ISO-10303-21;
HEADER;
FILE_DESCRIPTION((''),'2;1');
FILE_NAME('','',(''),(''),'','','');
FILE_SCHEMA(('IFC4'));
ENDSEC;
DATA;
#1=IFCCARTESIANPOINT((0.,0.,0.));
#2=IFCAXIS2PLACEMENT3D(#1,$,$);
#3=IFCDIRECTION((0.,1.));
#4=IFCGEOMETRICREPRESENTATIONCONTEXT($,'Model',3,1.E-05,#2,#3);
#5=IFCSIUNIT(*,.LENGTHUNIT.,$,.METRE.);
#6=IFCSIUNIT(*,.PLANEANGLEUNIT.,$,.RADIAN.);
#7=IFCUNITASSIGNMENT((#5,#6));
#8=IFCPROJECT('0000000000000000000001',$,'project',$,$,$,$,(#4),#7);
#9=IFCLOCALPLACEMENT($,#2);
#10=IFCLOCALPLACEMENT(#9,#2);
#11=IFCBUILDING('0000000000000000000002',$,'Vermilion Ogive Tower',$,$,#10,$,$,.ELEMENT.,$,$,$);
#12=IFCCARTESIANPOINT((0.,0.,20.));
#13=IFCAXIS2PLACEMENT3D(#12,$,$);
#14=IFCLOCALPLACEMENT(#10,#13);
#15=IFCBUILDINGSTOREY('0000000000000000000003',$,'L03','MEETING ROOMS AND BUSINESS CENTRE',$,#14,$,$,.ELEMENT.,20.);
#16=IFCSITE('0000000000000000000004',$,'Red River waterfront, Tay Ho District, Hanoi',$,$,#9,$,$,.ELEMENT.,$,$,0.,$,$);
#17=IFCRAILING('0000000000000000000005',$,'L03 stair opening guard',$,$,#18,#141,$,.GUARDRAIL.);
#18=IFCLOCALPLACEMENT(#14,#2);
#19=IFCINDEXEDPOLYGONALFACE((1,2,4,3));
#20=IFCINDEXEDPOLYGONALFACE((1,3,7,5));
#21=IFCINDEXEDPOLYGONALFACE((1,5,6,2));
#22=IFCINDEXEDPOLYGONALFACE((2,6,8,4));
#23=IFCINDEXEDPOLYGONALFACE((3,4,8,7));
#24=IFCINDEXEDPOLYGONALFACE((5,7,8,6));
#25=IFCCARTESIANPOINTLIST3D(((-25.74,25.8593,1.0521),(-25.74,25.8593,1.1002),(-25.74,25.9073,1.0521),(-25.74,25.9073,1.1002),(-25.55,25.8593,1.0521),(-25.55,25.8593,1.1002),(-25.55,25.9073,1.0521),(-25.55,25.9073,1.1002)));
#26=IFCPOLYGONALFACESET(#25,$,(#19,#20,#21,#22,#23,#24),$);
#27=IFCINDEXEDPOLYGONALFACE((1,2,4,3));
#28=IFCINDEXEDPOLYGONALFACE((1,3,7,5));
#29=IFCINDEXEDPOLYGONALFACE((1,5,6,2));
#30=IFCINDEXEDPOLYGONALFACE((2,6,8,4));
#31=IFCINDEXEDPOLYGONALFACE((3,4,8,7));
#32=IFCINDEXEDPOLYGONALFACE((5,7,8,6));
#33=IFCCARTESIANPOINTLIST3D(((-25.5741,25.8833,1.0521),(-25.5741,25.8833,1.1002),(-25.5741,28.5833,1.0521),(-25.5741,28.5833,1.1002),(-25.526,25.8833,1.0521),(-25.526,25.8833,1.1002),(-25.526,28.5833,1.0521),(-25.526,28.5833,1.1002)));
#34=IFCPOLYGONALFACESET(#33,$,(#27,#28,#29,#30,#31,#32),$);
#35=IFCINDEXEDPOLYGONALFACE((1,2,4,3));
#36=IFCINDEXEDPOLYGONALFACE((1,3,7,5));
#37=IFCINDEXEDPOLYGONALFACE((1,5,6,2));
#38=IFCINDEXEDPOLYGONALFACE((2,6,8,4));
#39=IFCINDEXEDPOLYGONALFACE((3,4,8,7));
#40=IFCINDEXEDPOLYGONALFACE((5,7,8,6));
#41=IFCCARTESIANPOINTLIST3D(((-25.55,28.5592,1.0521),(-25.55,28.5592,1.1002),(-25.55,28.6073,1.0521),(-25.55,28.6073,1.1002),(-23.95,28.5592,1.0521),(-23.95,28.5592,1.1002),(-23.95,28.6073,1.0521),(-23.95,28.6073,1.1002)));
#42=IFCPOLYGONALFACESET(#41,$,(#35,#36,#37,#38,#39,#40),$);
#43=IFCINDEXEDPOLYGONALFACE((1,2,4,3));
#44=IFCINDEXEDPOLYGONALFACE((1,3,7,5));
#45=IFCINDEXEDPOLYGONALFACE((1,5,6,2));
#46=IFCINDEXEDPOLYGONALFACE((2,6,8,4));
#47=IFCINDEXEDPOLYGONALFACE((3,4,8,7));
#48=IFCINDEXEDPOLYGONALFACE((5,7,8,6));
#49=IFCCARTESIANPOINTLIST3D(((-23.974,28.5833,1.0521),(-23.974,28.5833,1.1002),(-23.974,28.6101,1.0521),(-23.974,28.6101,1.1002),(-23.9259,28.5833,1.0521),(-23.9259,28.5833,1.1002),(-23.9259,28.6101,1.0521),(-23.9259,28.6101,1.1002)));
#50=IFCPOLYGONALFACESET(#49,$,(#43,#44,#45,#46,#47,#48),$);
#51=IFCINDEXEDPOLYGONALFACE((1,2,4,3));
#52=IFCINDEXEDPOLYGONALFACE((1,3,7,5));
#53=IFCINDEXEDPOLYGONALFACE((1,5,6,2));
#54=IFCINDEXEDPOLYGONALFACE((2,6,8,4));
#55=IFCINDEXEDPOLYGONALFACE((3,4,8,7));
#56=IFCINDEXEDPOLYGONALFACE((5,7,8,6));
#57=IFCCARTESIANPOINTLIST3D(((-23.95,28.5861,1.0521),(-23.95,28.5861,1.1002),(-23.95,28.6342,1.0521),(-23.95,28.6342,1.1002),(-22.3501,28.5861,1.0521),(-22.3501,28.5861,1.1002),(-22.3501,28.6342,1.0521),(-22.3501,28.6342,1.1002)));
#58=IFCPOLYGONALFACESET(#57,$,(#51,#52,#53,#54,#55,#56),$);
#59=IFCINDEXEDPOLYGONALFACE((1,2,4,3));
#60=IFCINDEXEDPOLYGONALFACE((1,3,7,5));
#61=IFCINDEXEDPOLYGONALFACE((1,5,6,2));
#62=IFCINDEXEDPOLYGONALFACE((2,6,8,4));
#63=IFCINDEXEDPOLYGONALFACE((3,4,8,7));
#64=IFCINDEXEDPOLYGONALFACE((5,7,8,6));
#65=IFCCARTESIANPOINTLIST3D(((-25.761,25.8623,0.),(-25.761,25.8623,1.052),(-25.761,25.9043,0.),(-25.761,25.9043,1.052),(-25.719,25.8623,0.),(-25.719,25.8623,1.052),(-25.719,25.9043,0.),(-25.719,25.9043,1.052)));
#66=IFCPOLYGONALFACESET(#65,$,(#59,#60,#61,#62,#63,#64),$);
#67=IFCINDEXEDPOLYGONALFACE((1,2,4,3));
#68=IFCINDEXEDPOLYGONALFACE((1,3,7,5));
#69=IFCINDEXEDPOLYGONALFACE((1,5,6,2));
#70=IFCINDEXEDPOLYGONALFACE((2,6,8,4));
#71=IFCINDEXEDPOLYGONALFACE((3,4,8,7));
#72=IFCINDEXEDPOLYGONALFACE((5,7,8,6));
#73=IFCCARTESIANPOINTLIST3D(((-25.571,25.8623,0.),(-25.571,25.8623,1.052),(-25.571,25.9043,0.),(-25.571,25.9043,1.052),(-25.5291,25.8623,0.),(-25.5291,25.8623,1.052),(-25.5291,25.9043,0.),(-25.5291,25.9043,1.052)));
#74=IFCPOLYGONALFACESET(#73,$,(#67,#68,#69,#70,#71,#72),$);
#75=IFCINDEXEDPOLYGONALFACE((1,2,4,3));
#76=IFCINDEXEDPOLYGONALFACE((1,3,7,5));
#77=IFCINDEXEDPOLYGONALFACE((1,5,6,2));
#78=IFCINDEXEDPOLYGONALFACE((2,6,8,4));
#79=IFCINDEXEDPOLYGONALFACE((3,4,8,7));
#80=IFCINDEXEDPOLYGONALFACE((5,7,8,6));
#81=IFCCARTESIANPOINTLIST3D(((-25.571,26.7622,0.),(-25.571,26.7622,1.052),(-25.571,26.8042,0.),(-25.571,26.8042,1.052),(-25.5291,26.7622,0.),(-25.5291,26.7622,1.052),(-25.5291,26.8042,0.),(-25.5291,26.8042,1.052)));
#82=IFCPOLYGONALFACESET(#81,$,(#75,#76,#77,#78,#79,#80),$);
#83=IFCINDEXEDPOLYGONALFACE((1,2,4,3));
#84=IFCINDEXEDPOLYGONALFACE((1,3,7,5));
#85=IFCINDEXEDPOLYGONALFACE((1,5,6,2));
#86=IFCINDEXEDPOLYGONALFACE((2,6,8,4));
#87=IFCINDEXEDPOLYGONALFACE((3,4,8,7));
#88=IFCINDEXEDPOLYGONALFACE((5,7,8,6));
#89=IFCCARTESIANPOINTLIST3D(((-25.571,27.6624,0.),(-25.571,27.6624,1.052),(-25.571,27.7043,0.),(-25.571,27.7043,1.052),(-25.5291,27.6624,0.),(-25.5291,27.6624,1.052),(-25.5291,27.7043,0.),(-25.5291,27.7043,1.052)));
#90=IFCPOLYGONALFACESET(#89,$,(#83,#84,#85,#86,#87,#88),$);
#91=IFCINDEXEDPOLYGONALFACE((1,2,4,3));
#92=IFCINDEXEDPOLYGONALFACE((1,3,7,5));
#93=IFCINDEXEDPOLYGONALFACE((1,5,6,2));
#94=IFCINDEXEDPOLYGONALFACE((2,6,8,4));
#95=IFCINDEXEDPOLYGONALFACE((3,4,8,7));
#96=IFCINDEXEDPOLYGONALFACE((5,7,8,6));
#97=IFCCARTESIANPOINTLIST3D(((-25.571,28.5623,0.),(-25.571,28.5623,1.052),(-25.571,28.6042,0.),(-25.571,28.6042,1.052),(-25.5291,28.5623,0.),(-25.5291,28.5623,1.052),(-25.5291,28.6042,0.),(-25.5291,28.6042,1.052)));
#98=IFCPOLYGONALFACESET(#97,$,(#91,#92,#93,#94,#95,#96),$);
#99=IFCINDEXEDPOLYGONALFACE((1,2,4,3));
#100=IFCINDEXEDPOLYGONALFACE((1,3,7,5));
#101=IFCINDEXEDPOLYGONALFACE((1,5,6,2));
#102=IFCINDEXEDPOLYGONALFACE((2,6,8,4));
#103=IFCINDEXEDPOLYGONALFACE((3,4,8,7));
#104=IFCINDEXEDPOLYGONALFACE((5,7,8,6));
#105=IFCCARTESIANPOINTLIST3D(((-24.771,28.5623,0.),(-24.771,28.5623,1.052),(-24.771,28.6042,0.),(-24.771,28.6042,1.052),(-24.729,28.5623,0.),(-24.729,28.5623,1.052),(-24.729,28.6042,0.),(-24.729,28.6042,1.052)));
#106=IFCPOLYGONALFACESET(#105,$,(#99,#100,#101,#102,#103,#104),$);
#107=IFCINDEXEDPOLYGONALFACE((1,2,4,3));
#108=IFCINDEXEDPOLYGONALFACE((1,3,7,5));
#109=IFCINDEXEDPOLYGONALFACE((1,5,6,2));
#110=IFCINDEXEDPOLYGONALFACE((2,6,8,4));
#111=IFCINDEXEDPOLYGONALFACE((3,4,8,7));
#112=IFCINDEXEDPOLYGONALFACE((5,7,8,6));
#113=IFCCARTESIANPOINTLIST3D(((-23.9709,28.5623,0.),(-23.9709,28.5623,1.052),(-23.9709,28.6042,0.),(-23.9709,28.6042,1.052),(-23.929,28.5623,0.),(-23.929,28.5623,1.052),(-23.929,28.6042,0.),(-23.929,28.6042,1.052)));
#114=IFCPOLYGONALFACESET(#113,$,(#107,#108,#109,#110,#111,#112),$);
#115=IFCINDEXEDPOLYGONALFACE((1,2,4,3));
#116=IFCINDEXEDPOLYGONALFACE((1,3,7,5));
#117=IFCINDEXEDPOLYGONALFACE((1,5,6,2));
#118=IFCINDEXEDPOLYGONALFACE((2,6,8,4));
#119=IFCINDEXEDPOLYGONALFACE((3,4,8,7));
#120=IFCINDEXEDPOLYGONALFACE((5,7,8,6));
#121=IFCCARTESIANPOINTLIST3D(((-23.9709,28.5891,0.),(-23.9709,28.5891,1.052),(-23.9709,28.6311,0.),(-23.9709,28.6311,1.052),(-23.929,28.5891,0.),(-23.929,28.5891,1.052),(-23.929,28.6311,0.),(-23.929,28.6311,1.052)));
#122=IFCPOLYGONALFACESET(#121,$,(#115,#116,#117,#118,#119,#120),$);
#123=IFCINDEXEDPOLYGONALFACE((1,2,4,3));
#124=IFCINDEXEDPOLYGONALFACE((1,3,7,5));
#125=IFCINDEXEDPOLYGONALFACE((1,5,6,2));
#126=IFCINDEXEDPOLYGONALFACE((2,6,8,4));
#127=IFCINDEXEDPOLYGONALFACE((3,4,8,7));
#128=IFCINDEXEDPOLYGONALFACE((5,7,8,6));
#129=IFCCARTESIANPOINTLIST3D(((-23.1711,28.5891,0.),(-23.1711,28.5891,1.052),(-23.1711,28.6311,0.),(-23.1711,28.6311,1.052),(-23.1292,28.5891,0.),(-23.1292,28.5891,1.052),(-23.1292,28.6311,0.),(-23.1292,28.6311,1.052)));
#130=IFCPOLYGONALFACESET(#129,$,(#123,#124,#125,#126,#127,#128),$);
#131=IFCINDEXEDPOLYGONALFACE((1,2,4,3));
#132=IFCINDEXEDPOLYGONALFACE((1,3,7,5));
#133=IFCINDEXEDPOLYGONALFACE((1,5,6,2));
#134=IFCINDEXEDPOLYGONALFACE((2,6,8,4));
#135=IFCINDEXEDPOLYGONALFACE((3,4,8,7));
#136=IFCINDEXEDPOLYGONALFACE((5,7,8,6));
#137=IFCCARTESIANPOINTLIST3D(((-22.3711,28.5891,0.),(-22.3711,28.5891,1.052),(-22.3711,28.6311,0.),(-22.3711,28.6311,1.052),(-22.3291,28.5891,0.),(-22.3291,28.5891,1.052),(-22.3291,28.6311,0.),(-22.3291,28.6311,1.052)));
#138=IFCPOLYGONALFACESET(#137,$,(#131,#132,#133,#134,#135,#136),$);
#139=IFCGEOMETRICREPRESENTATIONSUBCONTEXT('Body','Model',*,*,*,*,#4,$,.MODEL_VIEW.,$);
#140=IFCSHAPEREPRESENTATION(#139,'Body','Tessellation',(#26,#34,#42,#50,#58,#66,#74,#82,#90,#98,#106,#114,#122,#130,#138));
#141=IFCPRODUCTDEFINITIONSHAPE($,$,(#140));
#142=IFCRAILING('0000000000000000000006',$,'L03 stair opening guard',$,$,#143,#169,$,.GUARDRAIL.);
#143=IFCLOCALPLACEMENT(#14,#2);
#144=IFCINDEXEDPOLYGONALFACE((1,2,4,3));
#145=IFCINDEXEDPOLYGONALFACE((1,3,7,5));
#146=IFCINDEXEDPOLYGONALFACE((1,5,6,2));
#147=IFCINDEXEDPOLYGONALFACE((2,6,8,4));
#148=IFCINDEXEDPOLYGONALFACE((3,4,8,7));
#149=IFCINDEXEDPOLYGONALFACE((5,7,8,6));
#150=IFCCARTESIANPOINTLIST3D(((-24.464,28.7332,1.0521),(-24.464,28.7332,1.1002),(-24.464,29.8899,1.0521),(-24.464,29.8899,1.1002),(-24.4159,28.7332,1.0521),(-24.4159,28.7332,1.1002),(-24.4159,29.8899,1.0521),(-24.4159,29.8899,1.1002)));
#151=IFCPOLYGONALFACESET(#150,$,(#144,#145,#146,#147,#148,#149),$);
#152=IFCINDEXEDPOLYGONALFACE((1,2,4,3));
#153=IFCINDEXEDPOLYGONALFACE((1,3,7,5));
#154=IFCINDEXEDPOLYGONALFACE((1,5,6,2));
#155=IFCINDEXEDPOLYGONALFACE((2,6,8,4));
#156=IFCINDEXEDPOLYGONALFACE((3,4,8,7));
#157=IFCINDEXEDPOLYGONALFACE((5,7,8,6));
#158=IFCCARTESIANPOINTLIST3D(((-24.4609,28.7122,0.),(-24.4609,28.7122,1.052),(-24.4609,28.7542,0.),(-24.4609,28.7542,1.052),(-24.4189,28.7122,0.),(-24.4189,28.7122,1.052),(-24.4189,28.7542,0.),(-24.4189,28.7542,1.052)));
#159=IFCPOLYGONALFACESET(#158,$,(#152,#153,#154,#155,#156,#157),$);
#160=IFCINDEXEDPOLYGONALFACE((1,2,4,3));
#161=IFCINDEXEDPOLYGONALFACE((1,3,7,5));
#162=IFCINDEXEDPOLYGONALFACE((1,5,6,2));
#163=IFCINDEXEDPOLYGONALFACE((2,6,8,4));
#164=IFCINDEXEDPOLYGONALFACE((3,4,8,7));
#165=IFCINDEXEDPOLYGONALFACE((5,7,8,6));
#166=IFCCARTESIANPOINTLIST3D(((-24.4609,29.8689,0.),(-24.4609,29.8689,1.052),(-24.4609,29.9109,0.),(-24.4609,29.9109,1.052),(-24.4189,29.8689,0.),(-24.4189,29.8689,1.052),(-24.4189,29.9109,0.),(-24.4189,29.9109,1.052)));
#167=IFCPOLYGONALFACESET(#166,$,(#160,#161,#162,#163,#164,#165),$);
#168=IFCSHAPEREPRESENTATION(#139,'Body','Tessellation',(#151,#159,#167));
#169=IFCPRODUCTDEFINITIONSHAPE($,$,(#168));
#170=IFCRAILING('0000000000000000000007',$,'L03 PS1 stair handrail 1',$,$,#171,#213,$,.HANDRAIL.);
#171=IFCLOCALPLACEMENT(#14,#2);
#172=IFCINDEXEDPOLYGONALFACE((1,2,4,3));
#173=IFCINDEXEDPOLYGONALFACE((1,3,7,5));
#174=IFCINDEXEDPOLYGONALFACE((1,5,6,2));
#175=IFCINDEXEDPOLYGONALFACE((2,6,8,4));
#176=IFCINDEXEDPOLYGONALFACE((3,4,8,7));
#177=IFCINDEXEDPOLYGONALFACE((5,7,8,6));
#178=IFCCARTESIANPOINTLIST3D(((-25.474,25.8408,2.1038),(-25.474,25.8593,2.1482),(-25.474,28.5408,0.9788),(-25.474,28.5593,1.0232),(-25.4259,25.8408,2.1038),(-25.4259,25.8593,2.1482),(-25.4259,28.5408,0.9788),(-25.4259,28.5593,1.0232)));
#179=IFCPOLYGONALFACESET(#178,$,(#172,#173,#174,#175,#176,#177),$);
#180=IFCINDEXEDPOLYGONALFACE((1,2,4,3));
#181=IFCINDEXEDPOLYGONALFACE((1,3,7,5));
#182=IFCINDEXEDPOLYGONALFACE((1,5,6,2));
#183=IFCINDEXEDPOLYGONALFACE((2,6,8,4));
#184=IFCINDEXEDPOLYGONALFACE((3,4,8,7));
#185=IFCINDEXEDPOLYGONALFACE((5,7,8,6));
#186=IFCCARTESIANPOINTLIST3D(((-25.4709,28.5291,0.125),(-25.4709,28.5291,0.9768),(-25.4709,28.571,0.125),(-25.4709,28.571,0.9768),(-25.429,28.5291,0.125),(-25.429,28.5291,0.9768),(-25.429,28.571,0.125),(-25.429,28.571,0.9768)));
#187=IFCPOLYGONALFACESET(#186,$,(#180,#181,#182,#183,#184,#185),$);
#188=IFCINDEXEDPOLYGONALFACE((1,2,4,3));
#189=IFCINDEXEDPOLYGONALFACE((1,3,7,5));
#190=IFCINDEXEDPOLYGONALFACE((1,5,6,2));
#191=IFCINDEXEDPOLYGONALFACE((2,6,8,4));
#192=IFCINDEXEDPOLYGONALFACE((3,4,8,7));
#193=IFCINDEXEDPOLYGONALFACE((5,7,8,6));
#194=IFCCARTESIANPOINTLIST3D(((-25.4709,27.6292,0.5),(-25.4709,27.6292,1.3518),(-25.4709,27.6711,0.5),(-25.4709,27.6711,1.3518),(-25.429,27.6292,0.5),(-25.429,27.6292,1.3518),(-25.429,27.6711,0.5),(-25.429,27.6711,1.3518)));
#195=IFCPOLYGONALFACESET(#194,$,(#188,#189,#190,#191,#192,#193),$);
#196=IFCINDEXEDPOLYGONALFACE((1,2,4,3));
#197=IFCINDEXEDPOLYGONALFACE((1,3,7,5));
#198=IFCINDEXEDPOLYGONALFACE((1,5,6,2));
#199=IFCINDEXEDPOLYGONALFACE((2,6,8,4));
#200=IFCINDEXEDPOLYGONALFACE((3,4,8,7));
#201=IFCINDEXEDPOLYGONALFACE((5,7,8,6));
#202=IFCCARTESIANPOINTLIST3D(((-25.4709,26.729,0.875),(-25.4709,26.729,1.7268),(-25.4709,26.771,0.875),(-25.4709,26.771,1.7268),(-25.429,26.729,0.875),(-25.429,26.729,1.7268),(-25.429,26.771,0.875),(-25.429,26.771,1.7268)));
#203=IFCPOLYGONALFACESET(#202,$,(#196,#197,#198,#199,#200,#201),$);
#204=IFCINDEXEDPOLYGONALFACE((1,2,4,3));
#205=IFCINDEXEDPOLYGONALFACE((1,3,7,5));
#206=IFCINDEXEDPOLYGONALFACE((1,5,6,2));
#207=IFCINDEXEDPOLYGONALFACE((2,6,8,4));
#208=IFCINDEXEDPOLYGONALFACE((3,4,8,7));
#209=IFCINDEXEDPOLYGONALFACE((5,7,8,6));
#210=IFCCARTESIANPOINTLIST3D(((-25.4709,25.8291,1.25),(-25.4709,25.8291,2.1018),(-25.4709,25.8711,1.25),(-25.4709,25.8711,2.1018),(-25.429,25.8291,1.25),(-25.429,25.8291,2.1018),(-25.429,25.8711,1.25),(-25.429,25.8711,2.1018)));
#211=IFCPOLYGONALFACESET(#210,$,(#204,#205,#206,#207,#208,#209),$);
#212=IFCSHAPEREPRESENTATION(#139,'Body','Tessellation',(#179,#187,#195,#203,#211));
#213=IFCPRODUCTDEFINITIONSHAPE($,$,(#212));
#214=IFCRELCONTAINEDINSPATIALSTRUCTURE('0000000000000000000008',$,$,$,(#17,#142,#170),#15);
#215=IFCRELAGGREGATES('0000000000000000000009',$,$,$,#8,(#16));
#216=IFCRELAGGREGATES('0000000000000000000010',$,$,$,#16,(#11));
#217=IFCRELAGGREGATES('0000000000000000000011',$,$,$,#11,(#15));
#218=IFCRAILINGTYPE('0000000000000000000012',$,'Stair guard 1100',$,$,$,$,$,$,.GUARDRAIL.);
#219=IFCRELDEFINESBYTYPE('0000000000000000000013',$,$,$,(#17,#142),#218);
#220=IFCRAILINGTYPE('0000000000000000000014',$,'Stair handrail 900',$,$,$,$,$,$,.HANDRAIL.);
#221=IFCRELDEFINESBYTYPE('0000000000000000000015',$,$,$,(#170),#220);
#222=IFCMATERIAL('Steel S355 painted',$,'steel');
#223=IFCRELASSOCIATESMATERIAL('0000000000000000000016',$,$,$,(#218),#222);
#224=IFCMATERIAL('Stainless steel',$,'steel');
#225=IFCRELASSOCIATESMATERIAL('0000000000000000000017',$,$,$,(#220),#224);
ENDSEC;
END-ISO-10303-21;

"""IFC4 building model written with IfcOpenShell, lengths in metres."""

from ifc_helpers import new_model, si_unit, direction, frame, origin, origin_2d, place, context, subcontext, project, spatial, rectangle, extrude, material, type_object, element, save


model = new_model("IFC4")

# Units and contexts
model_context = context("Model", 3, precision=1e-05, world=origin(), true_north=direction((0.0, 1.0)))
body_context = subcontext(model_context, "Body", "Model", "MODEL_VIEW")
ifc_project = project(units=[si_unit("LENGTHUNIT", "METRE"), si_unit("PLANEANGLEUNIT", "RADIAN")], contexts=[model_context])

# Site, building, storey
site_placement = place(None, origin())
site = spatial("IfcSite", under=ifc_project, at=site_placement, Name="Red River waterfront, Tay Ho District, Hanoi", CompositionType="ELEMENT", RefElevation=0.0)
building_placement = place(site_placement, origin())
building = spatial("IfcBuilding", under=site, at=building_placement, Name="Vermilion Ogive Tower", CompositionType="ELEMENT")
storey_placement = place(building_placement, frame((0.0, 0.0, 20.0)))
storey = spatial("IfcBuildingStorey", under=building, at=storey_placement, Name="L03", Description="MEETING ROOMS AND BUSINESS CENTRE", CompositionType="ELEMENT", Elevation=20.0)

# Railings
ifc_material_1 = material(Name="Steel S355 painted", Category="steel")
railing_type_1 = type_object("IfcRailingType", Name="Stair guard 1100", PredefinedType="GUARDRAIL", material=ifc_material_1)
railing_1_placement = place(storey_placement, frame((-25.74, 25.8833, 0.0)))
element("IfcRailing", 1, at=railing_1_placement, inside=storey, type_object=railing_type_1, Name="L03 stair opening guard", PredefinedType="GUARDRAIL", context=body_context, shape_type="SweptSolid", body=[
    extrude(rectangle(XDim=0.0481, YDim=0.0481, at=origin_2d()), frame((0.0, 0.0, 1.0762), z_axis=(1.0, 0.0, 0.0), x_axis=(0.0, 1.0, 0.0)), (0.0, 0.0, 1.0), 0.1899),
    extrude(rectangle(XDim=0.0481, YDim=0.0481, at=origin_2d()), frame((0.1899, 0.0, 1.0762), z_axis=(0.0, 1.0, 0.0), x_axis=(-1.0, 0.0, 0.0)), (0.0, 0.0, 1.0), 2.7),
    extrude(rectangle(XDim=0.0481, YDim=0.0481, at=origin_2d()), frame((0.1899, 2.7, 1.0762), z_axis=(1.0, 0.0, 0.0), x_axis=(0.0, 1.0, 0.0)), (0.0, 0.0, 1.0), 1.6001),
    extrude(rectangle(XDim=0.0481, YDim=0.0481, at=origin_2d()), frame((1.79, 2.7, 1.0762), z_axis=(0.0, 1.0, 0.0), x_axis=(-1.0, 0.0, 0.0)), (0.0, 0.0, 1.0), 0.0269),
    extrude(rectangle(XDim=0.0481, YDim=0.0481, at=origin_2d()), frame((1.79, 2.7268, 1.0762), z_axis=(1.0, 0.0, 0.0), x_axis=(0.0, 1.0, 0.0)), (0.0, 0.0, 1.0), 1.5999),
    extrude(rectangle(XDim=0.042, YDim=0.042, at=origin_2d()), origin(), (0.0, 0.0, 1.0), 1.052),
    extrude(rectangle(XDim=0.042, YDim=0.042, at=origin_2d()), frame((0.1899, 0.0, 0.0)), (0.0, 0.0, 1.0), 1.052),
    extrude(rectangle(XDim=0.042, YDim=0.042, at=origin_2d()), frame((0.1899, 0.8999, 0.0)), (0.0, 0.0, 1.0), 1.052),
    extrude(rectangle(XDim=0.042, YDim=0.042, at=origin_2d()), frame((0.1899, 1.8, 0.0)), (0.0, 0.0, 1.0), 1.052),
    extrude(rectangle(XDim=0.042, YDim=0.042, at=origin_2d()), frame((0.1899, 2.7, 0.0)), (0.0, 0.0, 1.0), 1.052),
    extrude(rectangle(XDim=0.042, YDim=0.042, at=origin_2d()), frame((0.99, 2.7, 0.0)), (0.0, 0.0, 1.0), 1.052),
    extrude(rectangle(XDim=0.042, YDim=0.042, at=origin_2d()), frame((1.79, 2.7, 0.0)), (0.0, 0.0, 1.0), 1.052),
    extrude(rectangle(XDim=0.042, YDim=0.042, at=origin_2d()), frame((1.79, 2.7268, 0.0)), (0.0, 0.0, 1.0), 1.052),
    extrude(rectangle(XDim=0.042, YDim=0.042, at=origin_2d()), frame((2.5898, 2.7268, 0.0)), (0.0, 0.0, 1.0), 1.052),
    extrude(rectangle(XDim=0.042, YDim=0.042, at=origin_2d()), frame((3.3899, 2.7268, 0.0)), (0.0, 0.0, 1.0), 1.052),
])
railing_2_placement = place(storey_placement, frame((-24.4399, 28.7332, 0.0)))
element("IfcRailing", 2, at=railing_2_placement, inside=storey, type_object=railing_type_1, Name="L03 stair opening guard", PredefinedType="GUARDRAIL", context=body_context, shape_type="SweptSolid", body=[
    extrude(rectangle(XDim=0.0481, YDim=0.0481, at=origin_2d()), frame((0.0, 0.0, 1.0762), z_axis=(0.0, 1.0, 0.0), x_axis=(-1.0, 0.0, 0.0)), (0.0, 0.0, 1.0), 1.1567),
    extrude(rectangle(XDim=0.042, YDim=0.042, at=origin_2d()), origin(), (0.0, 0.0, 1.0), 1.052),
    extrude(rectangle(XDim=0.042, YDim=0.042, at=origin_2d()), frame((0.0, 1.1567, 0.0)), (0.0, 0.0, 1.0), 1.052),
])
ifc_material_2 = material(Name="Stainless steel", Category="steel")
railing_type_2 = type_object("IfcRailingType", Name="Stair handrail 900", PredefinedType="HANDRAIL", material=ifc_material_2)
for number, where, name in (
    (3, (-25.45, 28.55, 0.125), "L03 PS1 stair handrail 1"),
):
    element("IfcRailing", number, at=place(storey_placement, frame(where)), inside=storey, type_object=railing_type_2, Name=name, PredefinedType="HANDRAIL", context=body_context, shape_type="SweptSolid", body=[
        extrude(rectangle(XDim=0.0481, YDim=0.0481, at=origin_2d()), frame((0.0, 0.0, 0.876), z_axis=(0.0, -0.923074, 0.384621), x_axis=(1.0, 0.0, 0.0)), (0.0, 0.0, 1.0), 2.925),
        extrude(rectangle(XDim=0.042, YDim=0.042, at=origin_2d()), origin(), (0.0, 0.0, 1.0), 0.8518),
        extrude(rectangle(XDim=0.042, YDim=0.042, at=origin_2d()), frame((0.0, -0.8999, 0.375)), (0.0, 0.0, 1.0), 0.8518),
        extrude(rectangle(XDim=0.042, YDim=0.042, at=origin_2d()), frame((0.0, -1.8, 0.75)), (0.0, 0.0, 1.0), 0.8518),
        extrude(rectangle(XDim=0.042, YDim=0.042, at=origin_2d()), frame((0.0, -2.7, 1.125)), (0.0, 0.0, 1.0), 0.8518),
    ])

save(model, "model.ifc")
